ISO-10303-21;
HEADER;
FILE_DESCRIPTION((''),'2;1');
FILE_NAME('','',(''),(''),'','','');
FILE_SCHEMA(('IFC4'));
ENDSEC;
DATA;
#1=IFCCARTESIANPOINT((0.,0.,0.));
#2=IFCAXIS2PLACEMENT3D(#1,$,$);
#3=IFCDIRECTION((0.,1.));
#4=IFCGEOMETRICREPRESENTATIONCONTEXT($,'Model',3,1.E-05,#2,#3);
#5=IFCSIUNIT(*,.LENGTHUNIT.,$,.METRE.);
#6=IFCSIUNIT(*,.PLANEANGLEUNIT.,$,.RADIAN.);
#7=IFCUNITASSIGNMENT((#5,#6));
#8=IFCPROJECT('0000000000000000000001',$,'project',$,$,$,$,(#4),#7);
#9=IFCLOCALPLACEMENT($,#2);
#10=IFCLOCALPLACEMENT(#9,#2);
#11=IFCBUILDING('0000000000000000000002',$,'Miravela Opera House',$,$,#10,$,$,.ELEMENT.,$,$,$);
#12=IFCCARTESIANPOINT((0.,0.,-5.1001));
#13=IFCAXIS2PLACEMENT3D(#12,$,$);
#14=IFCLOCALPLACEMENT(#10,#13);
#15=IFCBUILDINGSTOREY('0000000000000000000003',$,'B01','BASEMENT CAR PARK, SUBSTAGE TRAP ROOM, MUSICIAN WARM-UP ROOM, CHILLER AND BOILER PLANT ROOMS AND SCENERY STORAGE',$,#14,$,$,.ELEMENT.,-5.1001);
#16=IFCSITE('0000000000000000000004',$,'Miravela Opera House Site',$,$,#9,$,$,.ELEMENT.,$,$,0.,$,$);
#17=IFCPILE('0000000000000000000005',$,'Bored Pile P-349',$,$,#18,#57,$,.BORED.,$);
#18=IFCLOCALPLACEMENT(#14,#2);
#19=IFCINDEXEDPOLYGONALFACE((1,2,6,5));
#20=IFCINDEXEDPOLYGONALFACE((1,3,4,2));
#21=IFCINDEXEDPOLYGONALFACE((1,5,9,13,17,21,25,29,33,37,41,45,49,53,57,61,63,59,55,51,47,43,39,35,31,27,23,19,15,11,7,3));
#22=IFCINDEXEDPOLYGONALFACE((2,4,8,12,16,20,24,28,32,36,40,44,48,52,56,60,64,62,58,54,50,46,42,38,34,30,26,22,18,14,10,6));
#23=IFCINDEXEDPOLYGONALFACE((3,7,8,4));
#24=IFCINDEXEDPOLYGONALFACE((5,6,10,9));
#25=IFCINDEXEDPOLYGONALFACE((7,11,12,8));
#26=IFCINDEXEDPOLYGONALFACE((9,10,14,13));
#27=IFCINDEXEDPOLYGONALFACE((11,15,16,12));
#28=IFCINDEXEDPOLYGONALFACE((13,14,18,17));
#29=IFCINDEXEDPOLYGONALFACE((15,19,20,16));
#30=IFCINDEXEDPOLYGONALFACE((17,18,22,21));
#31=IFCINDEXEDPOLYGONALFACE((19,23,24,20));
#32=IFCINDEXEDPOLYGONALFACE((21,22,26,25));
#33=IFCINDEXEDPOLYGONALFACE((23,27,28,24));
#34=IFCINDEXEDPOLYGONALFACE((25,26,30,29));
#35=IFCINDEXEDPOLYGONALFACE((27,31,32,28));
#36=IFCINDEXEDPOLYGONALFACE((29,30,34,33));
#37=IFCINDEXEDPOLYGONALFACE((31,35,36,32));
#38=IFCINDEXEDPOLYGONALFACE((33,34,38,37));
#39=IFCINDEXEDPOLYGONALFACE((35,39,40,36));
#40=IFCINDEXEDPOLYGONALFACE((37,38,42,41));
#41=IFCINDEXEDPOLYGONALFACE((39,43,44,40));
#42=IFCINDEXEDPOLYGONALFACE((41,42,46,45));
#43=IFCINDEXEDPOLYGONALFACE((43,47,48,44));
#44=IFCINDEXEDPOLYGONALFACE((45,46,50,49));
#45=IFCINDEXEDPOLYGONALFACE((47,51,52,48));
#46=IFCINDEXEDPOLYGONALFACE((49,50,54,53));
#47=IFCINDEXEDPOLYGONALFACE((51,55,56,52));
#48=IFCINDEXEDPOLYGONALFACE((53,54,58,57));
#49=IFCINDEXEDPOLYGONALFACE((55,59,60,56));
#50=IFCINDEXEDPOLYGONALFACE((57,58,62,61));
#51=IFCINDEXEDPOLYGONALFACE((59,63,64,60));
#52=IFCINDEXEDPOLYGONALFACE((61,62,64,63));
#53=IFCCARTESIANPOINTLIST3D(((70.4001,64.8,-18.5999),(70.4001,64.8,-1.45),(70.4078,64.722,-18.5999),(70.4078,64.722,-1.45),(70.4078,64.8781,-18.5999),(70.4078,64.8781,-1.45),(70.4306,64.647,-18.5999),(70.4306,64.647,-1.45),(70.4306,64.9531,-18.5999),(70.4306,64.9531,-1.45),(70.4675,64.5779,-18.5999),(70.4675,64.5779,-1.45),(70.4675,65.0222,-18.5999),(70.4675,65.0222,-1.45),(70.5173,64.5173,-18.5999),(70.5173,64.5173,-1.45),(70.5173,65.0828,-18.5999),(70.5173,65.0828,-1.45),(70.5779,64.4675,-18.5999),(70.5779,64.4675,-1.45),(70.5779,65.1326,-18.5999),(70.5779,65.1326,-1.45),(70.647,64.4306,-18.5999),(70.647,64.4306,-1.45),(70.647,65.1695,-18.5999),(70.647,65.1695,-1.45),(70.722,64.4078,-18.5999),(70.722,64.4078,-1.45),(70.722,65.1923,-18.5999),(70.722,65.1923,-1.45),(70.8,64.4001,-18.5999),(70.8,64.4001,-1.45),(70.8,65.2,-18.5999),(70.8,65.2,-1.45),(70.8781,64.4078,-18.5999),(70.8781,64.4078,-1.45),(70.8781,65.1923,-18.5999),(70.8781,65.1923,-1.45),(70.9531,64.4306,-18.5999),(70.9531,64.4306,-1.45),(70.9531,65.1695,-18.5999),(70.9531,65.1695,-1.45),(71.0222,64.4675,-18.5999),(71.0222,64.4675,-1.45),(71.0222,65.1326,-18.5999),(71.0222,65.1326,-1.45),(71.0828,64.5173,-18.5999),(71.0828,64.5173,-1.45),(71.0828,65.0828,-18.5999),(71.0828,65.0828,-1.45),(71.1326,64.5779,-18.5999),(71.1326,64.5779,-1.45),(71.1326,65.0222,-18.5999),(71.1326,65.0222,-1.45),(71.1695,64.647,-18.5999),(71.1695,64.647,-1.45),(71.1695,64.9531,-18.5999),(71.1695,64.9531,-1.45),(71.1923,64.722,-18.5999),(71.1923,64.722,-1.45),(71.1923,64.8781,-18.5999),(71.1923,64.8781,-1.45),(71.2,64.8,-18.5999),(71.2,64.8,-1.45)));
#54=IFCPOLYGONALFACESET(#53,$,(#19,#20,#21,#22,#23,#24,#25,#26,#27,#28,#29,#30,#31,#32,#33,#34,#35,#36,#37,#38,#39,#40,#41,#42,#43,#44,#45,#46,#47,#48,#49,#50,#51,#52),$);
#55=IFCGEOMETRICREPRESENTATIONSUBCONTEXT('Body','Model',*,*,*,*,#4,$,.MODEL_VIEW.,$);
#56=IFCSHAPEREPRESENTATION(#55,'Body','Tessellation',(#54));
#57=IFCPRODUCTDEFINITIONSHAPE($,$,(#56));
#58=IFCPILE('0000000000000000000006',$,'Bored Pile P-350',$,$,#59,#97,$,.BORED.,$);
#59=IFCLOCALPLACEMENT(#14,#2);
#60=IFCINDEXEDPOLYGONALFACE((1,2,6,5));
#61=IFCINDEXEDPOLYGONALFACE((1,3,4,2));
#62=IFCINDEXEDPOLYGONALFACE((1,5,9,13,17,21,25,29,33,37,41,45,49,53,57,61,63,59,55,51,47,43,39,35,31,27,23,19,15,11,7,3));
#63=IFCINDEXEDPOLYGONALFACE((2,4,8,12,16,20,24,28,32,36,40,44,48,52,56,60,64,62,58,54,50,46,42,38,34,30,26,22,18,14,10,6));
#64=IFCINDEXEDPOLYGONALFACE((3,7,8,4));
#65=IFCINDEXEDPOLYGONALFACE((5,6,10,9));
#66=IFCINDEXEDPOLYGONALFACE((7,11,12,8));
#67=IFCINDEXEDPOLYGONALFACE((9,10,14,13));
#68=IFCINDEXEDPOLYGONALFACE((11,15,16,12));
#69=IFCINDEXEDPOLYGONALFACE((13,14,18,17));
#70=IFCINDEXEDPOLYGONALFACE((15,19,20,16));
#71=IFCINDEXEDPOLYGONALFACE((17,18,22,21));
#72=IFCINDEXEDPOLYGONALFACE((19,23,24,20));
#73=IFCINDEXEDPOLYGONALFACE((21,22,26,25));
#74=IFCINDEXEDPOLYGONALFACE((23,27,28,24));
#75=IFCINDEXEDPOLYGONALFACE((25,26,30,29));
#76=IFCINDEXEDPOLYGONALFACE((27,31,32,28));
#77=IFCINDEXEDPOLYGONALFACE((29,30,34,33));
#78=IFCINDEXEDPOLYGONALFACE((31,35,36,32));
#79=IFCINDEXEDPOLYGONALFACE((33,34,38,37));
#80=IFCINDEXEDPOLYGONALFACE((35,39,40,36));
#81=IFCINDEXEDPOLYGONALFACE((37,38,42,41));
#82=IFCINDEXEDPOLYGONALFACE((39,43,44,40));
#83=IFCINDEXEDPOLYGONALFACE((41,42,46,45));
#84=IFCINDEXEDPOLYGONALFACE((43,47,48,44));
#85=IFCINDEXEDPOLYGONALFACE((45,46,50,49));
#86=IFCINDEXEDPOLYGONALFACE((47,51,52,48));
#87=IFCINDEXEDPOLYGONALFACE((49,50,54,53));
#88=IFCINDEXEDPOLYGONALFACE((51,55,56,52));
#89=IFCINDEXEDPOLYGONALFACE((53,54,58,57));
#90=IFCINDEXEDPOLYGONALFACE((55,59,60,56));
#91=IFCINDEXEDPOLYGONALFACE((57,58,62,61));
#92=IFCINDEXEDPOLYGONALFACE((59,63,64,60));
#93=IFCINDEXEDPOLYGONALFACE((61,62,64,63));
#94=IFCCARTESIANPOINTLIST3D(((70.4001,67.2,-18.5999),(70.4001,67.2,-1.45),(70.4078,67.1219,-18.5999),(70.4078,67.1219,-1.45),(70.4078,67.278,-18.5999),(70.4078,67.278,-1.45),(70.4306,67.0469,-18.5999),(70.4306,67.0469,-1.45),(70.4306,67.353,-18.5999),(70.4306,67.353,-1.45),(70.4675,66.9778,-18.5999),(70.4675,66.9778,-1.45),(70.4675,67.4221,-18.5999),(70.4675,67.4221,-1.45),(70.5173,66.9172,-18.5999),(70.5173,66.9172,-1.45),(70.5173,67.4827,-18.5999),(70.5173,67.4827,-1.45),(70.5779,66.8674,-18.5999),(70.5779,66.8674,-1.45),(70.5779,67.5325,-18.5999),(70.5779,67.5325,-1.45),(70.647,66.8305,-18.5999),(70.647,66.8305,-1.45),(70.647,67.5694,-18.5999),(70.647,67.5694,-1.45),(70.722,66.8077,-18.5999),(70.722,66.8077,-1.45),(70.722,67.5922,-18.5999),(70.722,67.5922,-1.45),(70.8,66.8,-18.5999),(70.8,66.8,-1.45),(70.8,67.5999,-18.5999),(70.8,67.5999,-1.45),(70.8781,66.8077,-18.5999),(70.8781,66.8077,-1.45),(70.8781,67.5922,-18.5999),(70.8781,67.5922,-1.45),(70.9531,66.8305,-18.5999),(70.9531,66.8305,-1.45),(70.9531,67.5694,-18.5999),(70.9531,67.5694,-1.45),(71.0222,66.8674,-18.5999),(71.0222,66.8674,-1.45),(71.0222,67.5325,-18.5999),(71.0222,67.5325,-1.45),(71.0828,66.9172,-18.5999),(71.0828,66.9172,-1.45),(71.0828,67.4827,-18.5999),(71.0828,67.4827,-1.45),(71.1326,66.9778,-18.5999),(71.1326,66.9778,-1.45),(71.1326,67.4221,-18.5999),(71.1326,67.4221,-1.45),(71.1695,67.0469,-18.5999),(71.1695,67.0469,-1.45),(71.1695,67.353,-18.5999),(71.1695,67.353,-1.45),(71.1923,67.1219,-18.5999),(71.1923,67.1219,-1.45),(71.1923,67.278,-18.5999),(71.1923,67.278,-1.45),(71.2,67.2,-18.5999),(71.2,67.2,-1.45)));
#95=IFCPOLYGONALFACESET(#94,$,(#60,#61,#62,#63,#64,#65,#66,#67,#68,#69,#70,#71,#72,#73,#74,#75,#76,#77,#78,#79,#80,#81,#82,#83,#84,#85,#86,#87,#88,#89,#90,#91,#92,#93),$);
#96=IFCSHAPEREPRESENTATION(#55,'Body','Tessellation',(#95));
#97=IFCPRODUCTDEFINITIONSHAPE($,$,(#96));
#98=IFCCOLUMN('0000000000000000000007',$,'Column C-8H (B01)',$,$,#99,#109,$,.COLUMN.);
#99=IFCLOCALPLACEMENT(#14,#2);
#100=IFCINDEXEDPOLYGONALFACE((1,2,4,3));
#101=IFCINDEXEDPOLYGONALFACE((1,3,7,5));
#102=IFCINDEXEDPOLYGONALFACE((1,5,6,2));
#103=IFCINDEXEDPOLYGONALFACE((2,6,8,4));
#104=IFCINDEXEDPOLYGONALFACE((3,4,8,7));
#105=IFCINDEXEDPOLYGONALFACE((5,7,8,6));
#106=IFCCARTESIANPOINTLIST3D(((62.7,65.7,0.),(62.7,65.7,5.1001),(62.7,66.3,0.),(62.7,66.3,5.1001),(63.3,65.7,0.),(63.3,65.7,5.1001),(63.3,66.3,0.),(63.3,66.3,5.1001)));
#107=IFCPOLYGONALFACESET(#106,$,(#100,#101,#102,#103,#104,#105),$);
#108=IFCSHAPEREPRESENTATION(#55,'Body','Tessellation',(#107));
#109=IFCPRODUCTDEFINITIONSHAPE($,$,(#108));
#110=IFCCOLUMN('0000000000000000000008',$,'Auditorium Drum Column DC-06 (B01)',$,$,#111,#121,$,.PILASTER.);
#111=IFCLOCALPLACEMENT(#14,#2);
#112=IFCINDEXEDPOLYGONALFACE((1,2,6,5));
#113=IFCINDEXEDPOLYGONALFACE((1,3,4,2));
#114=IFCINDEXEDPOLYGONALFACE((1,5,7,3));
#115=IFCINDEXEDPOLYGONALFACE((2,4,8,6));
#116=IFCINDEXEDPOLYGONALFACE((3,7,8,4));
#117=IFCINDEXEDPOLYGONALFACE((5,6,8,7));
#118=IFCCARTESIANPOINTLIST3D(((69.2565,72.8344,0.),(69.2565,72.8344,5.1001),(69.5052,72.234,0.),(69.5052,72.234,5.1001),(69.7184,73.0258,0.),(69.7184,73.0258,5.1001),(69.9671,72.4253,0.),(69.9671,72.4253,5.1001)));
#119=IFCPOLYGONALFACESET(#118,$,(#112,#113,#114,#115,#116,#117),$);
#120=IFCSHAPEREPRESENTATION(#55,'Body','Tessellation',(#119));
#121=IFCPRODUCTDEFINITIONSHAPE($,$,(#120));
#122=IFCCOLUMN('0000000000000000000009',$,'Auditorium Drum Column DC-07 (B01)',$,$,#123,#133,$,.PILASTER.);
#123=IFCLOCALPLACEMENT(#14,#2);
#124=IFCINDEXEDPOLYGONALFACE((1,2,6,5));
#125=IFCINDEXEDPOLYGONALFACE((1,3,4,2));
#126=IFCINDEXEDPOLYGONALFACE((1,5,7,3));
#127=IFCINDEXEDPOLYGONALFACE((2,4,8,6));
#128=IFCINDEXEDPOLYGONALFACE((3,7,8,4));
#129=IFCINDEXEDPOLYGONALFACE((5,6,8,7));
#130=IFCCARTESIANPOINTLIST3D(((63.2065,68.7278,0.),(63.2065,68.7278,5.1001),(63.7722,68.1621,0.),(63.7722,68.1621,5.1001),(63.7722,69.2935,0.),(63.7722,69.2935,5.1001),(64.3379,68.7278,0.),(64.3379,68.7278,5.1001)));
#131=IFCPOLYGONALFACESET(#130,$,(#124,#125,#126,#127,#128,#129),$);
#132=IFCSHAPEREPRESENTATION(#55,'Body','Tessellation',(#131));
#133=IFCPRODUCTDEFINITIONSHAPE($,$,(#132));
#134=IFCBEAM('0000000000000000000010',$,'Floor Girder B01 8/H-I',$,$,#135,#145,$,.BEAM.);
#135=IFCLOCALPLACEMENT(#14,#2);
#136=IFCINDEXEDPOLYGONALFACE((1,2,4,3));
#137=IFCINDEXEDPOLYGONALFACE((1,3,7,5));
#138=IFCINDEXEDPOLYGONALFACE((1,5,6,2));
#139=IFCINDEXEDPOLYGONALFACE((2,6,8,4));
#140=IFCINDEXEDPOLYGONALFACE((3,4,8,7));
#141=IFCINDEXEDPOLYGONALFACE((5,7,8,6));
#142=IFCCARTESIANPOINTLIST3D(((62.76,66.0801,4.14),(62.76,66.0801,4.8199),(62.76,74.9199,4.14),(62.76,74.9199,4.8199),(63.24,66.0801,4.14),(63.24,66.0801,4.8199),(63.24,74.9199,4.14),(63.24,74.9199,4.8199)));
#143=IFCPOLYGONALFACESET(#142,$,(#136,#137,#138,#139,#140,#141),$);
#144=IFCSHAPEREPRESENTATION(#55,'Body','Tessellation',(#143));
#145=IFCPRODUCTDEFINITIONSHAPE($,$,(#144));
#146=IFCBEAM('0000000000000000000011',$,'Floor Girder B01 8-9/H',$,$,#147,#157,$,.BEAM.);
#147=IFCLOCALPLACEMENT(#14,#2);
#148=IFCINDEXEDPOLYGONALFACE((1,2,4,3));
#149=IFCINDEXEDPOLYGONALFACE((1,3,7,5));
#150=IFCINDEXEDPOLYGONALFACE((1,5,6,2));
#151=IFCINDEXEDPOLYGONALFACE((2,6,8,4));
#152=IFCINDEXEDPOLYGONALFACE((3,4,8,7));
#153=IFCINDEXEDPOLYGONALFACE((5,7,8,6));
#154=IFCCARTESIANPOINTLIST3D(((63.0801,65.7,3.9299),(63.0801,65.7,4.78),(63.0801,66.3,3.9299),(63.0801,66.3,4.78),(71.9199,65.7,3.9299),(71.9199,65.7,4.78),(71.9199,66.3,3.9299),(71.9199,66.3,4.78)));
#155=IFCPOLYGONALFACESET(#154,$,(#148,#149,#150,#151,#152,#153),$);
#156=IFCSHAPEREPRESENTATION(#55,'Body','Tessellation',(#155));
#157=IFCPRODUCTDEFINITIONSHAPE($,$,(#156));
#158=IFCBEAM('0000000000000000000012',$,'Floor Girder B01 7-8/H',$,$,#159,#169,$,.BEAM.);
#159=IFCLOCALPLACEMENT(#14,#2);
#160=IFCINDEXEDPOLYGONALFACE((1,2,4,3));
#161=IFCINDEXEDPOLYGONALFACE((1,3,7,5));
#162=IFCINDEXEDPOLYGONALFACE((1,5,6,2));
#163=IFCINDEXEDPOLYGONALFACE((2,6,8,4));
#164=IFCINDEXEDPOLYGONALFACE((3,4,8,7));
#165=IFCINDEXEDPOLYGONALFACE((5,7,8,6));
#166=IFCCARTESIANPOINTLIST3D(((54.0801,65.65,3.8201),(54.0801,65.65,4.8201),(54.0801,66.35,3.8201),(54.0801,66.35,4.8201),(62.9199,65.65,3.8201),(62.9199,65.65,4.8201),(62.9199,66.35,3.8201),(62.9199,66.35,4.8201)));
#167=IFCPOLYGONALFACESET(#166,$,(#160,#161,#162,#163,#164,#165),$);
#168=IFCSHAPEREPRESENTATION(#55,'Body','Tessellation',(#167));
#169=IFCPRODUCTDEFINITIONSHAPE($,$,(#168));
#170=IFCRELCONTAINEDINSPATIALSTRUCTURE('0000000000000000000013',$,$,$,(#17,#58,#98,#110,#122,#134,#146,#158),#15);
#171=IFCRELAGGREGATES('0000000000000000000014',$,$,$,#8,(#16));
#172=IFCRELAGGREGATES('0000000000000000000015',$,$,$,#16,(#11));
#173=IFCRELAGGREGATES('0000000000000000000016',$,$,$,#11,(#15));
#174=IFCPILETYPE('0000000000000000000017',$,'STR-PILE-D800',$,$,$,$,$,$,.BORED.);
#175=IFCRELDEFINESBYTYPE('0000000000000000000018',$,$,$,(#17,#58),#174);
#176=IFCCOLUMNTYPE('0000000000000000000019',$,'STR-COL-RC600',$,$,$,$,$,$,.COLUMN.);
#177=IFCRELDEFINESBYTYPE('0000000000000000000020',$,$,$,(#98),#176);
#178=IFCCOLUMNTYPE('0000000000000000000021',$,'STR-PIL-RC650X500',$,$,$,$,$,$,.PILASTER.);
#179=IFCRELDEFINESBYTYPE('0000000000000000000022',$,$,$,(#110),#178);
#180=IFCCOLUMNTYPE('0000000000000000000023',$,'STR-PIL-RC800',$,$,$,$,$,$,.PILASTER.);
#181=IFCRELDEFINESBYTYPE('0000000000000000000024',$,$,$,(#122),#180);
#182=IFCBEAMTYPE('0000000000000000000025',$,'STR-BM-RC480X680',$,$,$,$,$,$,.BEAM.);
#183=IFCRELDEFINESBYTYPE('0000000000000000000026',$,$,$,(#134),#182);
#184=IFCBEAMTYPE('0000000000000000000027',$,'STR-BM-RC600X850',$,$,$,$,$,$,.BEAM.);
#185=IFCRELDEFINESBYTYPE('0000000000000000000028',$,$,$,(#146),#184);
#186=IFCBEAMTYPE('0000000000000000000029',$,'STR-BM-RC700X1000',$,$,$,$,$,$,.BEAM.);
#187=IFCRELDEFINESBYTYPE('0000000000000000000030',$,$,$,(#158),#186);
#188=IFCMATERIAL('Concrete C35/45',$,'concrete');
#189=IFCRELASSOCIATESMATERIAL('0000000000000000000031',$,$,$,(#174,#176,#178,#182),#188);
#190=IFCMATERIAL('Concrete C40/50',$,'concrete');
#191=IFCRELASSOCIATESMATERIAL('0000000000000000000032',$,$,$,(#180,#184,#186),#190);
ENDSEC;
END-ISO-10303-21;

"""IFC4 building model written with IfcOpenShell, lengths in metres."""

from ifc_helpers import new_model, si_unit, direction, frame, origin, origin_2d, place, context, subcontext, project, spatial, rectangle, circle, extrude, material, material_profile, profile_set, type_object, element, save


model = new_model("IFC4")

# Units and contexts
model_context = context("Model", 3, precision=1e-05, world=origin(), true_north=direction((0.0, 1.0)))
body_context = subcontext(model_context, "Body", "Model", "MODEL_VIEW")
ifc_project = project(units=[si_unit("LENGTHUNIT", "METRE"), si_unit("PLANEANGLEUNIT", "RADIAN")], contexts=[model_context])

# Site, building, storey
site_placement = place(None, origin())
site = spatial("IfcSite", under=ifc_project, at=site_placement, Name="Miravela Opera House Site", CompositionType="ELEMENT", RefElevation=0.0)
building_placement = place(site_placement, origin())
building = spatial("IfcBuilding", under=site, at=building_placement, Name="Miravela Opera House", CompositionType="ELEMENT")
storey_placement = place(building_placement, frame((0.0, 0.0, -5.1001)))
storey = spatial("IfcBuildingStorey", under=building, at=storey_placement, Name="B01", Description="BASEMENT CAR PARK, SUBSTAGE TRAP ROOM, MUSICIAN WARM-UP ROOM, CHILLER AND BOILER PLANT ROOMS AND SCENERY STORAGE", CompositionType="ELEMENT", Elevation=-5.1001)

# Shared definitions
ifc_material_1 = material(Name="Concrete C35/45", Category="concrete")

# Piles
ifc_material_profile_1 = material_profile(ifc_material_1, circle(Radius=0.3999, at=origin_2d()), Name="PILE-D800")
ifc_profile_set_1 = profile_set([ifc_material_profile_1])
pile_type_1 = type_object("IfcPileType", Name="STR-PILE-D800", PredefinedType="BORED", material=ifc_profile_set_1)
for number, where, z_axis, x_axis, name in (
    (1, (70.8, 64.8, -1.45), (0.0, 0.0, -1.0), (1.0, 0.0, 0.0), "Bored Pile P-349"),
    (2, (70.8, 67.2, -1.45), (0.0, 0.0, -1.0), (1.0, 0.0, 0.0), "Bored Pile P-350"),
):
    element("IfcPile", number, at=place(storey_placement, frame(where, z_axis=z_axis, x_axis=x_axis)), inside=storey, type_object=pile_type_1, Name=name, PredefinedType="BORED", context=body_context, shape_type="SweptSolid", body=[
        extrude(circle(Radius=0.3999, at=origin_2d()), origin(), (0.0, 0.0, 1.0), 17.1499),
    ])

# Columns
ifc_material_profile_2 = material_profile(ifc_material_1, rectangle(XDim=0.6001, YDim=0.6001, at=origin_2d()), Name="RC-COL-600X600")
ifc_profile_set_2 = profile_set([ifc_material_profile_2])
column_type_1 = type_object("IfcColumnType", Name="STR-COL-RC600", PredefinedType="COLUMN", material=ifc_profile_set_2)
column_1_placement = place(storey_placement, frame((63.0, 66.0, 0.0), z_axis=(0.0, 0.0, 1.0), x_axis=(1.0, 0.0, 0.0)))
element("IfcColumn", 3, at=column_1_placement, inside=storey, type_object=column_type_1, Name="Column C-8H (B01)", PredefinedType="COLUMN", context=body_context, shape_type="SweptSolid", body=[
    extrude(rectangle(XDim=0.6001, YDim=0.6001, at=origin_2d()), origin(), (0.0, 0.0, 1.0), 5.1001),
])
ifc_material_profile_3 = material_profile(ifc_material_1, rectangle(XDim=0.6499, YDim=0.5, at=origin_2d()), Name="RC-PIL-650X500")
ifc_profile_set_3 = profile_set([ifc_material_profile_3])
column_type_2 = type_object("IfcColumnType", Name="STR-PIL-RC650X500", PredefinedType="PILASTER", material=ifc_profile_set_3)
column_2_placement = place(storey_placement, frame((69.6118, 72.6299, 0.0), z_axis=(0.0, 0.0, 1.0), x_axis=(-0.382683, 0.92388, 0.0)))
element("IfcColumn", 4, at=column_2_placement, inside=storey, type_object=column_type_2, Name="Auditorium Drum Column DC-06 (B01)", PredefinedType="PILASTER", context=body_context, shape_type="SweptSolid", body=[
    extrude(rectangle(XDim=0.6499, YDim=0.5, at=origin_2d()), origin(), (0.0, 0.0, 1.0), 5.1001),
])
ifc_material_2 = material(Name="Concrete C40/50", Category="concrete")
ifc_material_profile_4 = material_profile(ifc_material_2, rectangle(XDim=0.8, YDim=0.8, at=origin_2d()), Name="RC-COL-800X800")
ifc_profile_set_4 = profile_set([ifc_material_profile_4])
column_type_3 = type_object("IfcColumnType", Name="STR-PIL-RC800", PredefinedType="PILASTER", material=ifc_profile_set_4)
column_3_placement = place(storey_placement, frame((63.7722, 68.7278, 0.0), z_axis=(0.0, 0.0, 1.0), x_axis=(-0.707107, 0.707107, 0.0)))
element("IfcColumn", 5, at=column_3_placement, inside=storey, type_object=column_type_3, Name="Auditorium Drum Column DC-07 (B01)", PredefinedType="PILASTER", context=body_context, shape_type="SweptSolid", body=[
    extrude(rectangle(XDim=0.8, YDim=0.8, at=origin_2d()), origin(), (0.0, 0.0, 1.0), 5.1001),
])

# Beams
ifc_material_profile_5 = material_profile(ifc_material_1, rectangle(XDim=0.48, YDim=0.6799, at=origin_2d()), Name="RC-BM-480X680")
ifc_profile_set_5 = profile_set([ifc_material_profile_5])
beam_type_1 = type_object("IfcBeamType", Name="STR-BM-RC480X680", PredefinedType="BEAM", material=ifc_profile_set_5)
beam_1_placement = place(storey_placement, frame((63.0, 66.0801, 4.48), z_axis=(0.0, 1.0, 0.0), x_axis=(-1.0, 0.0, 0.0)))
element("IfcBeam", 6, at=beam_1_placement, inside=storey, type_object=beam_type_1, Name="Floor Girder B01 8/H-I", PredefinedType="BEAM", context=body_context, shape_type="SweptSolid", body=[
    extrude(rectangle(XDim=0.48, YDim=0.6799, at=origin_2d()), origin(), (0.0, 0.0, 1.0), 8.8398),
])
ifc_material_profile_6 = material_profile(ifc_material_2, rectangle(XDim=0.6001, YDim=0.8501, at=origin_2d()), Name="RC-BM-600X850")
ifc_profile_set_6 = profile_set([ifc_material_profile_6])
beam_type_2 = type_object("IfcBeamType", Name="STR-BM-RC600X850", PredefinedType="BEAM", material=ifc_profile_set_6)
beam_2_placement = place(storey_placement, frame((63.0801, 66.0, 4.355), z_axis=(1.0, 0.0, 0.0), x_axis=(0.0, 1.0, 0.0)))
element("IfcBeam", 7, at=beam_2_placement, inside=storey, type_object=beam_type_2, Name="Floor Girder B01 8-9/H", PredefinedType="BEAM", context=body_context, shape_type="SweptSolid", body=[
    extrude(rectangle(XDim=0.6001, YDim=0.8501, at=origin_2d()), origin(), (0.0, 0.0, 1.0), 8.8398),
])
ifc_material_profile_7 = material_profile(ifc_material_2, rectangle(XDim=0.7, YDim=1.0, at=origin_2d()), Name="RC-BM-700X1000")
ifc_profile_set_7 = profile_set([ifc_material_profile_7])
beam_type_3 = type_object("IfcBeamType", Name="STR-BM-RC700X1000", PredefinedType="BEAM", material=ifc_profile_set_7)
beam_3_placement = place(storey_placement, frame((54.0801, 66.0, 4.3201), z_axis=(1.0, 0.0, 0.0), x_axis=(0.0, 1.0, 0.0)))
element("IfcBeam", 8, at=beam_3_placement, inside=storey, type_object=beam_type_3, Name="Floor Girder B01 7-8/H", PredefinedType="BEAM", context=body_context, shape_type="SweptSolid", body=[
    extrude(rectangle(XDim=0.7, YDim=1.0, at=origin_2d()), origin(), (0.0, 0.0, 1.0), 8.8398),
])

save(model, "model.ifc")
